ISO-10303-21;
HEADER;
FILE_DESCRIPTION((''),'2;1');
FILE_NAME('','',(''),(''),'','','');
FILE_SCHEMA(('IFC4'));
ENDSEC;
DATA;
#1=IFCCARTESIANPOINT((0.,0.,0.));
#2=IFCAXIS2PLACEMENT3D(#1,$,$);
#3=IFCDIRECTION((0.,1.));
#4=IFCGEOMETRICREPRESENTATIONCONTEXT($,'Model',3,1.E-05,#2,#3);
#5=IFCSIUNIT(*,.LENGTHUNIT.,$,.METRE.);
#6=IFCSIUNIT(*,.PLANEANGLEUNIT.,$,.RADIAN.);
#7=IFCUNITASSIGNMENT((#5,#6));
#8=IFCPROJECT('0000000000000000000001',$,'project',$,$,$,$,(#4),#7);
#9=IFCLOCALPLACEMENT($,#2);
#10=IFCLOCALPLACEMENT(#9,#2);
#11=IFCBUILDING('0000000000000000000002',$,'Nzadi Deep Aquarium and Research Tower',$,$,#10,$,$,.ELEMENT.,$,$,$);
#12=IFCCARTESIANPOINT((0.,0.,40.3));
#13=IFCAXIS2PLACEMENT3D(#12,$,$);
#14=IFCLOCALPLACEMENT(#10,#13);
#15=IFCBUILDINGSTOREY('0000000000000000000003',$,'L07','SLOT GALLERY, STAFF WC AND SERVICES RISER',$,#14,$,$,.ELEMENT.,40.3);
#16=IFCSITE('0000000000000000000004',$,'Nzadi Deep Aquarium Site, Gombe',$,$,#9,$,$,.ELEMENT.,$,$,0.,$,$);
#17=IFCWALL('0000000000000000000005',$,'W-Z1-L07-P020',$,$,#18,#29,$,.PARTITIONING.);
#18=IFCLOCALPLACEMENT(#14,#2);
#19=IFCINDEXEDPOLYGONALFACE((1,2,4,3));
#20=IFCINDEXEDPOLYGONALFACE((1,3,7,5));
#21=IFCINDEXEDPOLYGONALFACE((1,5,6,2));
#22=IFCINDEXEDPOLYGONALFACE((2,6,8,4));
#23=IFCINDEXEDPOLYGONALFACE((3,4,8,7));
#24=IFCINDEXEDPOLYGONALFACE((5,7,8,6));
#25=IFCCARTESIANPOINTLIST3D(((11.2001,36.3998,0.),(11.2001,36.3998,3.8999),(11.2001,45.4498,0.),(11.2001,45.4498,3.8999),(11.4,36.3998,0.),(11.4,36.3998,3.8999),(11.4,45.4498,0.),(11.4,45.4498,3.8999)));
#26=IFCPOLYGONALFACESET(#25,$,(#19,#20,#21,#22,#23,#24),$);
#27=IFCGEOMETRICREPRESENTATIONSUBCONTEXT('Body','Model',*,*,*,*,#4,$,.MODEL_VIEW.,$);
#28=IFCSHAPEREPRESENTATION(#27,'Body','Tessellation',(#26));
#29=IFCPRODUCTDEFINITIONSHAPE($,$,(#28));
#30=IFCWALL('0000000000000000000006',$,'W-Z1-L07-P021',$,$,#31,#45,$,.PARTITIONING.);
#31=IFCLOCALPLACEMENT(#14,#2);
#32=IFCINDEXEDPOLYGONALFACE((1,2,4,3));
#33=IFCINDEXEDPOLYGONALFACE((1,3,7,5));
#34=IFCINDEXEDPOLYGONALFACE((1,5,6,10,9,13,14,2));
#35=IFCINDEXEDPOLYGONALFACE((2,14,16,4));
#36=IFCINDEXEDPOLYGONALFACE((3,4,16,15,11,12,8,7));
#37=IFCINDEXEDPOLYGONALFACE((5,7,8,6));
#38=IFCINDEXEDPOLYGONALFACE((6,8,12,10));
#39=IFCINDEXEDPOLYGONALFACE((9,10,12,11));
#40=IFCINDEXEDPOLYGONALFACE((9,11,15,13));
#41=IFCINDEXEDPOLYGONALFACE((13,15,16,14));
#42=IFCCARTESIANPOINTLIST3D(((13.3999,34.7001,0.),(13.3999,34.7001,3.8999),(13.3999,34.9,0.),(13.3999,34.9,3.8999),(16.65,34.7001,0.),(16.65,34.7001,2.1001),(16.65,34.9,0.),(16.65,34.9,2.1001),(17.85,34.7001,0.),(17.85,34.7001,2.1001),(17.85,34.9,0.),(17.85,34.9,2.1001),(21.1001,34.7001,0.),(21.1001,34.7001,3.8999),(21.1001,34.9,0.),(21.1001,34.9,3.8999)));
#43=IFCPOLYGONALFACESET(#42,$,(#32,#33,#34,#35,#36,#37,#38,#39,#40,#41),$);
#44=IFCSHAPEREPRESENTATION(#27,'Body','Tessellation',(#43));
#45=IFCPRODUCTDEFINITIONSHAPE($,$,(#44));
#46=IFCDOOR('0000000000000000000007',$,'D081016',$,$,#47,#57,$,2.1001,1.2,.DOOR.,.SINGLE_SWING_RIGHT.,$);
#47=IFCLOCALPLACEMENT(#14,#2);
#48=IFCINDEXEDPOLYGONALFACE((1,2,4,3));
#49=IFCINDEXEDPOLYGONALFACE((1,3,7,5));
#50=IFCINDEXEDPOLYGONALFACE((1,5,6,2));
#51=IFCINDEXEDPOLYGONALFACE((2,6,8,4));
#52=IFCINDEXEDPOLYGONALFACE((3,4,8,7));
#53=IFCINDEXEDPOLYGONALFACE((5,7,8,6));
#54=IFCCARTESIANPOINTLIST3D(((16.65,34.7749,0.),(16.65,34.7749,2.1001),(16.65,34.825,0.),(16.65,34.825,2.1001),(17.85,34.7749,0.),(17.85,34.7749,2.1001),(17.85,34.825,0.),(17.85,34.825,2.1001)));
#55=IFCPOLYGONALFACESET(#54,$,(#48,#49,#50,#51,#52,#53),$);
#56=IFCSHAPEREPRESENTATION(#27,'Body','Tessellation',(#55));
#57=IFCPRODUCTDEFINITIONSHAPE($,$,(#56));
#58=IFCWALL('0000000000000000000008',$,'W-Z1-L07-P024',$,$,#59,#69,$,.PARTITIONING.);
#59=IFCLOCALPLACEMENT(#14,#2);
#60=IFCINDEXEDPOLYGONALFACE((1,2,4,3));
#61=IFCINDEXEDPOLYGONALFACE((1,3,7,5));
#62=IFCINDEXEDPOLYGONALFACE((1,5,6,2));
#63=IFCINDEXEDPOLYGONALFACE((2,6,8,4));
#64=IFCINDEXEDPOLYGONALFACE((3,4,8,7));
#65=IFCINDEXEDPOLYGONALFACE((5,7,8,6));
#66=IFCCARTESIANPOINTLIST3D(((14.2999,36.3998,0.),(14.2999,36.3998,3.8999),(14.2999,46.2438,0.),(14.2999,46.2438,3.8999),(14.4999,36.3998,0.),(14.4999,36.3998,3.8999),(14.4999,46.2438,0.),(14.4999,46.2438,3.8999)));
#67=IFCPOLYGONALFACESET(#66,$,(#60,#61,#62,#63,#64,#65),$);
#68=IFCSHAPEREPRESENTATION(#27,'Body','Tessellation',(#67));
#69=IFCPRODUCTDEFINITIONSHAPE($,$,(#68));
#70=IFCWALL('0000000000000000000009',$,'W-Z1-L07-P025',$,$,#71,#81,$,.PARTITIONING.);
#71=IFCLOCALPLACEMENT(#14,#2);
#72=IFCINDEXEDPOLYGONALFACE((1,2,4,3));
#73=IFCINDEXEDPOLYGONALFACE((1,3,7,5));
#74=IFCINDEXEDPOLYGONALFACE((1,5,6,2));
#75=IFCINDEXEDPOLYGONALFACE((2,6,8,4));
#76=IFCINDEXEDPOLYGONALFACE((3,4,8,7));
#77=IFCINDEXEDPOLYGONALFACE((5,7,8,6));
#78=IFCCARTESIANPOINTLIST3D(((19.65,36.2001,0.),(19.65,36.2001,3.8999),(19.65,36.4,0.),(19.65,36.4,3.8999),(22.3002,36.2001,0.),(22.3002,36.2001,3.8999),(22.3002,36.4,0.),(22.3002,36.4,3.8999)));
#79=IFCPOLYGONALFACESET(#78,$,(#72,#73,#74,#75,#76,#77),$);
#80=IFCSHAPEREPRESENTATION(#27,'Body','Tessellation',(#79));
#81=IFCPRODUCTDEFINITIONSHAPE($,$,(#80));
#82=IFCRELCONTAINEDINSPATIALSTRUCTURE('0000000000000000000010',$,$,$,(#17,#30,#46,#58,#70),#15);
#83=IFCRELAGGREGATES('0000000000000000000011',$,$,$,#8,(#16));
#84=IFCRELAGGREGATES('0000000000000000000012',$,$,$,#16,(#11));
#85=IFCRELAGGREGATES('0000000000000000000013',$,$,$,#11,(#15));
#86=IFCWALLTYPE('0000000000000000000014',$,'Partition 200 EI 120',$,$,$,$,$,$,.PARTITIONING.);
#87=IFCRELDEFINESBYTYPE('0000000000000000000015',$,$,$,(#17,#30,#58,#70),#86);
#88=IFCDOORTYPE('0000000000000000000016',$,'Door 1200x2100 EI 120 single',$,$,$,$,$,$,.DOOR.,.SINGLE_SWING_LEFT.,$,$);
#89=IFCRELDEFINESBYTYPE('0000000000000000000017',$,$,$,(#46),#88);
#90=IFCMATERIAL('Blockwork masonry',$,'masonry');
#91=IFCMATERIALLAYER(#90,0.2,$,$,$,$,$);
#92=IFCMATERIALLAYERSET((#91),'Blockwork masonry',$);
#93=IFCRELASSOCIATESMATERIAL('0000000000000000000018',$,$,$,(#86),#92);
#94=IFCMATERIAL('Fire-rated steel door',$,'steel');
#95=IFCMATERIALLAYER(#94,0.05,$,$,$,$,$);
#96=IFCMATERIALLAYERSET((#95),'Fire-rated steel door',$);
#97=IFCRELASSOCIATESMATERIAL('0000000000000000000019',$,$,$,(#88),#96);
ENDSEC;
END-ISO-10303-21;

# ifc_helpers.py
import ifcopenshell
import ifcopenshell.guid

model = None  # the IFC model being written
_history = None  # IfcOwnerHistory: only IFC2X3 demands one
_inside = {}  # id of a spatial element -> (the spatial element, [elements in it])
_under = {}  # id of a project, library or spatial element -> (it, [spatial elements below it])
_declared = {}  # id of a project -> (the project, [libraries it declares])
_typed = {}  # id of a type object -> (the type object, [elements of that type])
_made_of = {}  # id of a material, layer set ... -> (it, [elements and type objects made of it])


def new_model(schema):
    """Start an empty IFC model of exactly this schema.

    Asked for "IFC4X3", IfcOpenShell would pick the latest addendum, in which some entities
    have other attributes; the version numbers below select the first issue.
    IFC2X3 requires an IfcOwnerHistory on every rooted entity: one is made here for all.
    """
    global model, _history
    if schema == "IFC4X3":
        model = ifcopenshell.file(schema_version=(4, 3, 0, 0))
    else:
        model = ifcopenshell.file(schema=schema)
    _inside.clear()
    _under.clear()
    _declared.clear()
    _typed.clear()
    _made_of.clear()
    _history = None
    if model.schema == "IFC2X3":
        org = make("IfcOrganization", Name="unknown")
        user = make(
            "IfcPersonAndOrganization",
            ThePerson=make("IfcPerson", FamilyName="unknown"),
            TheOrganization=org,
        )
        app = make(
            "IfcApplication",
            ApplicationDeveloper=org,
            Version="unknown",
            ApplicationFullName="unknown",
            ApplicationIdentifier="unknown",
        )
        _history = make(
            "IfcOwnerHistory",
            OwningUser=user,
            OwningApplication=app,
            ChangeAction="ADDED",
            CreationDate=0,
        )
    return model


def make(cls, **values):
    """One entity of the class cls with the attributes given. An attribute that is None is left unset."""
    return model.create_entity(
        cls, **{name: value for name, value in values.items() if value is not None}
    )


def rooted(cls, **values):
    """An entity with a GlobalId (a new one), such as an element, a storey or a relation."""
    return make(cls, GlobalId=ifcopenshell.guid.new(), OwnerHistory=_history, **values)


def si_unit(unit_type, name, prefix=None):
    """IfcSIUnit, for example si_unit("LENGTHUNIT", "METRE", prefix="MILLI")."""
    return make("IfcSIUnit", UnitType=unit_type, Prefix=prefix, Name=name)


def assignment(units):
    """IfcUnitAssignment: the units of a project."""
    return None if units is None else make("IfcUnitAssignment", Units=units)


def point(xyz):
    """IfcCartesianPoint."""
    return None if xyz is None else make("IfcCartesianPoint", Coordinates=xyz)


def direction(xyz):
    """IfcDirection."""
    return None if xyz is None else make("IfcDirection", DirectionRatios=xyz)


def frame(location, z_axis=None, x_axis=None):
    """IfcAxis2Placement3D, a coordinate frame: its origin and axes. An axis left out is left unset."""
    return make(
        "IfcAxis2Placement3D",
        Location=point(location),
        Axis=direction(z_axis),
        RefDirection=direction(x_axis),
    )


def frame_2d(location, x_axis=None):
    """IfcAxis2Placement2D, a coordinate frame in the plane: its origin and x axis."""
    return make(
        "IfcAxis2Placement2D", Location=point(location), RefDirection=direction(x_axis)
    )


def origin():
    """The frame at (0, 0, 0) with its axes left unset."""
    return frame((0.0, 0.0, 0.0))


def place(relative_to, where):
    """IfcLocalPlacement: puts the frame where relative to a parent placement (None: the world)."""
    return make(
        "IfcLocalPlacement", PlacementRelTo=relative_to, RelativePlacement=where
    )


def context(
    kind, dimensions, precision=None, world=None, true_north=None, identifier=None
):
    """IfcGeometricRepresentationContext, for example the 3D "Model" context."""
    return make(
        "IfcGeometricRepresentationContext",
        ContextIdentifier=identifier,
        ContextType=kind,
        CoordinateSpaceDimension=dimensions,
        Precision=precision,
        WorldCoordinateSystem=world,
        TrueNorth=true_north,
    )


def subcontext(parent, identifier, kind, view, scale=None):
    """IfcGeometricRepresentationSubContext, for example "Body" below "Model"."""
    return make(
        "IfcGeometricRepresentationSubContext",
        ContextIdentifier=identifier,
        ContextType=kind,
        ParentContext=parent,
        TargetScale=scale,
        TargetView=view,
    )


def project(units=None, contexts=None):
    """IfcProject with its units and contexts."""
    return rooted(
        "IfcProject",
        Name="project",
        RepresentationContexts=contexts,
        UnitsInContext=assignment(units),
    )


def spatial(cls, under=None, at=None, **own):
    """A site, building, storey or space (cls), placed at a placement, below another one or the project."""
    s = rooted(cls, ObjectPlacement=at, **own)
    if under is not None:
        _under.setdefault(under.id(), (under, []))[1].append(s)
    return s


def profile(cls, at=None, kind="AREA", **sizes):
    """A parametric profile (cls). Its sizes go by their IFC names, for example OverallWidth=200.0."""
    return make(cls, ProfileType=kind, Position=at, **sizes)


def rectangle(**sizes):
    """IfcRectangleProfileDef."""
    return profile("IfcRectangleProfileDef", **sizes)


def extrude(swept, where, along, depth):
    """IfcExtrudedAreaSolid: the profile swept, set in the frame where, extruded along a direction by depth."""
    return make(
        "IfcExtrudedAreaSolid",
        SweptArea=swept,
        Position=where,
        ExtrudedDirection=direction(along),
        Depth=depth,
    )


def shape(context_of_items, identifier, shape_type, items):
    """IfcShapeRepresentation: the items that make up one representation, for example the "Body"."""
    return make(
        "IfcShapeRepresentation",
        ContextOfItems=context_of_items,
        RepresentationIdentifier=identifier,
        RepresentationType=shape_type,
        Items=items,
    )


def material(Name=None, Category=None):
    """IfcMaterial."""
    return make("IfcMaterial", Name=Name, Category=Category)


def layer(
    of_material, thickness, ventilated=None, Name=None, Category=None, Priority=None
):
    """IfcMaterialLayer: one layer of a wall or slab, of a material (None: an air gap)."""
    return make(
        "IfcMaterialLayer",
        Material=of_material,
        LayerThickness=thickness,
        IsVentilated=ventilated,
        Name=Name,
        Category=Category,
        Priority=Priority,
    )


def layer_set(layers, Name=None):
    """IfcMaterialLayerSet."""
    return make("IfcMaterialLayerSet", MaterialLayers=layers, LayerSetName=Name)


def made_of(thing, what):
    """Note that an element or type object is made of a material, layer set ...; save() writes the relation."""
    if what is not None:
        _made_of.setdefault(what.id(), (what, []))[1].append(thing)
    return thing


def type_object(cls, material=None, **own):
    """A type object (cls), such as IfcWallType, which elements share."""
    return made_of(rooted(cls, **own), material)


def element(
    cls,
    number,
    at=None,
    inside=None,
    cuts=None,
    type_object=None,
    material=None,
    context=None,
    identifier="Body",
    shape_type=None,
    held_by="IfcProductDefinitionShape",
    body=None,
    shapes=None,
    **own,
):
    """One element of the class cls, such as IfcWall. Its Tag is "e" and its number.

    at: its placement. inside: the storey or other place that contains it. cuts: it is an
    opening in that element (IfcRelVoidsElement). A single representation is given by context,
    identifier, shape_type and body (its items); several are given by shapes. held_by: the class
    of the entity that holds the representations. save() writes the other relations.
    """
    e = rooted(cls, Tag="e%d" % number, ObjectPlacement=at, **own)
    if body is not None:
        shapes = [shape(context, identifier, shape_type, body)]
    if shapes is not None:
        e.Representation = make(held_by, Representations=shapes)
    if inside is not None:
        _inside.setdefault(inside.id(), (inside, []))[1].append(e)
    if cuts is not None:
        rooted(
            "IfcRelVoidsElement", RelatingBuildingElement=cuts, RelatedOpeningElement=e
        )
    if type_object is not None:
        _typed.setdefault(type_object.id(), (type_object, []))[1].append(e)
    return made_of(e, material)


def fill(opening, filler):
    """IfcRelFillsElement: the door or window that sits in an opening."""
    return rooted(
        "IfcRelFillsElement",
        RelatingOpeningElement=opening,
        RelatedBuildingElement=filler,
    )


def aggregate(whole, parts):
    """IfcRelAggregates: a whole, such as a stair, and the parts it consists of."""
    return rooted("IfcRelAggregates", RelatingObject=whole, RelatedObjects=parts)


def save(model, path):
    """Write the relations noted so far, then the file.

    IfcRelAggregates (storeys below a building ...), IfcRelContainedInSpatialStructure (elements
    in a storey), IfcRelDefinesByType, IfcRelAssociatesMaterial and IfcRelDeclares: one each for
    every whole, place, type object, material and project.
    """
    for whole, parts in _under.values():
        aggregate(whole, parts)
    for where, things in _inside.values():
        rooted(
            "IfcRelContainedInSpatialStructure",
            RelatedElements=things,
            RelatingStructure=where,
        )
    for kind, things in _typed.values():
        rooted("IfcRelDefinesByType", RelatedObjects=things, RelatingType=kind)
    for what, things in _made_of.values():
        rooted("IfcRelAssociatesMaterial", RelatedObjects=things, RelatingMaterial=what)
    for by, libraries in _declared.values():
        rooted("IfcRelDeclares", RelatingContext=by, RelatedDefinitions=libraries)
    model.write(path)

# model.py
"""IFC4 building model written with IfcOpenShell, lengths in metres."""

from ifc_helpers import new_model, si_unit, direction, frame, frame_2d, origin, place, context, subcontext, project, spatial, rectangle, extrude, material, layer, layer_set, type_object, element, fill, save


model = new_model("IFC4")

# Units and contexts
model_context = context("Model", 3, precision=1e-05, world=origin(), true_north=direction((0.0, 1.0)))
body_context = subcontext(model_context, "Body", "Model", "MODEL_VIEW")
ifc_project = project(units=[si_unit("LENGTHUNIT", "METRE"), si_unit("PLANEANGLEUNIT", "RADIAN")], contexts=[model_context])

# Site, building, storey
site_placement = place(None, origin())
site = spatial("IfcSite", under=ifc_project, at=site_placement, Name="Nzadi Deep Aquarium Site, Gombe", CompositionType="ELEMENT", RefElevation=0.0)
building_placement = place(site_placement, origin())
building = spatial("IfcBuilding", under=site, at=building_placement, Name="Nzadi Deep Aquarium and Research Tower", CompositionType="ELEMENT")
storey_placement = place(building_placement, frame((0.0, 0.0, 40.3)))
storey = spatial("IfcBuildingStorey", under=building, at=storey_placement, Name="L07", Description="SLOT GALLERY, STAFF WC AND SERVICES RISER", CompositionType="ELEMENT", Elevation=40.3)

# Wall
ifc_material_1 = material(Name="Blockwork masonry", Category="masonry")
ifc_layer_1 = layer(ifc_material_1, 0.2)
ifc_layer_set_1 = layer_set([ifc_layer_1], Name="Blockwork masonry")
wall_type = type_object("IfcWallType", Name="Partition 200 EI 120", PredefinedType="PARTITIONING", material=ifc_layer_set_1)
wall_1_placement = place(storey_placement, frame((11.3, 36.3999, 0.0), z_axis=(0.0, 0.0, 1.0), x_axis=(0.0, 1.0, 0.0)))
element("IfcWall", 1, at=wall_1_placement, inside=storey, type_object=wall_type, Name="W-Z1-L07-P020", PredefinedType="PARTITIONING", context=body_context, shape_type="SweptSolid", body=[
    extrude(rectangle(XDim=9.05, YDim=0.2, at=frame_2d((4.5249, 0.0))), origin(), (0.0, 0.0, 1.0), 3.8999),
])

# Wall, opening, door
wall_2_placement = place(storey_placement, frame((13.3999, 34.8, 0.0), z_axis=(0.0, 0.0, 1.0), x_axis=(1.0, 0.0, 0.0)))
wall_2 = element("IfcWall", 2, at=wall_2_placement, inside=storey, type_object=wall_type, Name="W-Z1-L07-P021", PredefinedType="PARTITIONING", context=body_context, shape_type="SweptSolid", body=[
    extrude(rectangle(XDim=7.7002, YDim=0.2, at=frame_2d((3.8501, 0.0))), origin(), (0.0, 0.0, 1.0), 3.8999),
])
opening_placement = place(wall_2_placement, frame((3.25, 0.0, 0.0)))
opening = element("IfcOpeningElement", 3, at=opening_placement, cuts=wall_2, PredefinedType="OPENING", context=body_context, shape_type="SweptSolid", body=[
    extrude(rectangle(XDim=1.2, YDim=2.1001, at=frame_2d((0.6001, 1.05))), frame((0.0, 0.1101, 0.0), z_axis=(0.0, -1.0, 0.0), x_axis=(1.0, 0.0, 0.0)), (0.0, 0.0, 1.0), 0.2202),
])
ifc_material_2 = material(Name="Fire-rated steel door", Category="steel")
ifc_layer_2 = layer(ifc_material_2, 0.05)
ifc_layer_set_2 = layer_set([ifc_layer_2], Name="Fire-rated steel door")
door_type = type_object("IfcDoorType", Name="Door 1200x2100 EI 120 single", OperationType="SINGLE_SWING_LEFT", PredefinedType="DOOR", material=ifc_layer_set_2)
door_placement = place(opening_placement, origin())
door = element("IfcDoor", 4, at=door_placement, inside=storey, type_object=door_type, Name="D081016", OperationType="SINGLE_SWING_RIGHT", OverallHeight=2.1001, OverallWidth=1.2, PredefinedType="DOOR", context=body_context, shape_type="SweptSolid", body=[
    extrude(rectangle(XDim=1.2, YDim=2.1001, at=frame_2d((0.6001, 1.05))), frame((0.0, 0.0249, 0.0), z_axis=(0.0, -1.0, 0.0), x_axis=(1.0, 0.0, 0.0)), (0.0, 0.0, 1.0), 0.05),
])
fill(opening, door)

# Walls
wall_3_placement = place(storey_placement, frame((14.3999, 36.3999, 0.0), z_axis=(0.0, 0.0, 1.0), x_axis=(0.0, 1.0, 0.0)))
element("IfcWall", 5, at=wall_3_placement, inside=storey, type_object=wall_type, Name="W-Z1-L07-P024", PredefinedType="PARTITIONING", context=body_context, shape_type="SweptSolid", body=[
    extrude(rectangle(XDim=9.844, YDim=0.2, at=frame_2d((4.9219, 0.0))), origin(), (0.0, 0.0, 1.0), 3.8999),
])
wall_4_placement = place(storey_placement, frame((19.6499, 36.3, 0.0), z_axis=(0.0, 0.0, 1.0), x_axis=(1.0, 0.0, 0.0)))
element("IfcWall", 6, at=wall_4_placement, inside=storey, type_object=wall_type, Name="W-Z1-L07-P025", PredefinedType="PARTITIONING", context=body_context, shape_type="SweptSolid", body=[
    extrude(rectangle(XDim=2.6501, YDim=0.2, at=frame_2d((1.3252, 0.0))), origin(), (0.0, 0.0, 1.0), 3.8999),
])

save(model, "model.ifc")
